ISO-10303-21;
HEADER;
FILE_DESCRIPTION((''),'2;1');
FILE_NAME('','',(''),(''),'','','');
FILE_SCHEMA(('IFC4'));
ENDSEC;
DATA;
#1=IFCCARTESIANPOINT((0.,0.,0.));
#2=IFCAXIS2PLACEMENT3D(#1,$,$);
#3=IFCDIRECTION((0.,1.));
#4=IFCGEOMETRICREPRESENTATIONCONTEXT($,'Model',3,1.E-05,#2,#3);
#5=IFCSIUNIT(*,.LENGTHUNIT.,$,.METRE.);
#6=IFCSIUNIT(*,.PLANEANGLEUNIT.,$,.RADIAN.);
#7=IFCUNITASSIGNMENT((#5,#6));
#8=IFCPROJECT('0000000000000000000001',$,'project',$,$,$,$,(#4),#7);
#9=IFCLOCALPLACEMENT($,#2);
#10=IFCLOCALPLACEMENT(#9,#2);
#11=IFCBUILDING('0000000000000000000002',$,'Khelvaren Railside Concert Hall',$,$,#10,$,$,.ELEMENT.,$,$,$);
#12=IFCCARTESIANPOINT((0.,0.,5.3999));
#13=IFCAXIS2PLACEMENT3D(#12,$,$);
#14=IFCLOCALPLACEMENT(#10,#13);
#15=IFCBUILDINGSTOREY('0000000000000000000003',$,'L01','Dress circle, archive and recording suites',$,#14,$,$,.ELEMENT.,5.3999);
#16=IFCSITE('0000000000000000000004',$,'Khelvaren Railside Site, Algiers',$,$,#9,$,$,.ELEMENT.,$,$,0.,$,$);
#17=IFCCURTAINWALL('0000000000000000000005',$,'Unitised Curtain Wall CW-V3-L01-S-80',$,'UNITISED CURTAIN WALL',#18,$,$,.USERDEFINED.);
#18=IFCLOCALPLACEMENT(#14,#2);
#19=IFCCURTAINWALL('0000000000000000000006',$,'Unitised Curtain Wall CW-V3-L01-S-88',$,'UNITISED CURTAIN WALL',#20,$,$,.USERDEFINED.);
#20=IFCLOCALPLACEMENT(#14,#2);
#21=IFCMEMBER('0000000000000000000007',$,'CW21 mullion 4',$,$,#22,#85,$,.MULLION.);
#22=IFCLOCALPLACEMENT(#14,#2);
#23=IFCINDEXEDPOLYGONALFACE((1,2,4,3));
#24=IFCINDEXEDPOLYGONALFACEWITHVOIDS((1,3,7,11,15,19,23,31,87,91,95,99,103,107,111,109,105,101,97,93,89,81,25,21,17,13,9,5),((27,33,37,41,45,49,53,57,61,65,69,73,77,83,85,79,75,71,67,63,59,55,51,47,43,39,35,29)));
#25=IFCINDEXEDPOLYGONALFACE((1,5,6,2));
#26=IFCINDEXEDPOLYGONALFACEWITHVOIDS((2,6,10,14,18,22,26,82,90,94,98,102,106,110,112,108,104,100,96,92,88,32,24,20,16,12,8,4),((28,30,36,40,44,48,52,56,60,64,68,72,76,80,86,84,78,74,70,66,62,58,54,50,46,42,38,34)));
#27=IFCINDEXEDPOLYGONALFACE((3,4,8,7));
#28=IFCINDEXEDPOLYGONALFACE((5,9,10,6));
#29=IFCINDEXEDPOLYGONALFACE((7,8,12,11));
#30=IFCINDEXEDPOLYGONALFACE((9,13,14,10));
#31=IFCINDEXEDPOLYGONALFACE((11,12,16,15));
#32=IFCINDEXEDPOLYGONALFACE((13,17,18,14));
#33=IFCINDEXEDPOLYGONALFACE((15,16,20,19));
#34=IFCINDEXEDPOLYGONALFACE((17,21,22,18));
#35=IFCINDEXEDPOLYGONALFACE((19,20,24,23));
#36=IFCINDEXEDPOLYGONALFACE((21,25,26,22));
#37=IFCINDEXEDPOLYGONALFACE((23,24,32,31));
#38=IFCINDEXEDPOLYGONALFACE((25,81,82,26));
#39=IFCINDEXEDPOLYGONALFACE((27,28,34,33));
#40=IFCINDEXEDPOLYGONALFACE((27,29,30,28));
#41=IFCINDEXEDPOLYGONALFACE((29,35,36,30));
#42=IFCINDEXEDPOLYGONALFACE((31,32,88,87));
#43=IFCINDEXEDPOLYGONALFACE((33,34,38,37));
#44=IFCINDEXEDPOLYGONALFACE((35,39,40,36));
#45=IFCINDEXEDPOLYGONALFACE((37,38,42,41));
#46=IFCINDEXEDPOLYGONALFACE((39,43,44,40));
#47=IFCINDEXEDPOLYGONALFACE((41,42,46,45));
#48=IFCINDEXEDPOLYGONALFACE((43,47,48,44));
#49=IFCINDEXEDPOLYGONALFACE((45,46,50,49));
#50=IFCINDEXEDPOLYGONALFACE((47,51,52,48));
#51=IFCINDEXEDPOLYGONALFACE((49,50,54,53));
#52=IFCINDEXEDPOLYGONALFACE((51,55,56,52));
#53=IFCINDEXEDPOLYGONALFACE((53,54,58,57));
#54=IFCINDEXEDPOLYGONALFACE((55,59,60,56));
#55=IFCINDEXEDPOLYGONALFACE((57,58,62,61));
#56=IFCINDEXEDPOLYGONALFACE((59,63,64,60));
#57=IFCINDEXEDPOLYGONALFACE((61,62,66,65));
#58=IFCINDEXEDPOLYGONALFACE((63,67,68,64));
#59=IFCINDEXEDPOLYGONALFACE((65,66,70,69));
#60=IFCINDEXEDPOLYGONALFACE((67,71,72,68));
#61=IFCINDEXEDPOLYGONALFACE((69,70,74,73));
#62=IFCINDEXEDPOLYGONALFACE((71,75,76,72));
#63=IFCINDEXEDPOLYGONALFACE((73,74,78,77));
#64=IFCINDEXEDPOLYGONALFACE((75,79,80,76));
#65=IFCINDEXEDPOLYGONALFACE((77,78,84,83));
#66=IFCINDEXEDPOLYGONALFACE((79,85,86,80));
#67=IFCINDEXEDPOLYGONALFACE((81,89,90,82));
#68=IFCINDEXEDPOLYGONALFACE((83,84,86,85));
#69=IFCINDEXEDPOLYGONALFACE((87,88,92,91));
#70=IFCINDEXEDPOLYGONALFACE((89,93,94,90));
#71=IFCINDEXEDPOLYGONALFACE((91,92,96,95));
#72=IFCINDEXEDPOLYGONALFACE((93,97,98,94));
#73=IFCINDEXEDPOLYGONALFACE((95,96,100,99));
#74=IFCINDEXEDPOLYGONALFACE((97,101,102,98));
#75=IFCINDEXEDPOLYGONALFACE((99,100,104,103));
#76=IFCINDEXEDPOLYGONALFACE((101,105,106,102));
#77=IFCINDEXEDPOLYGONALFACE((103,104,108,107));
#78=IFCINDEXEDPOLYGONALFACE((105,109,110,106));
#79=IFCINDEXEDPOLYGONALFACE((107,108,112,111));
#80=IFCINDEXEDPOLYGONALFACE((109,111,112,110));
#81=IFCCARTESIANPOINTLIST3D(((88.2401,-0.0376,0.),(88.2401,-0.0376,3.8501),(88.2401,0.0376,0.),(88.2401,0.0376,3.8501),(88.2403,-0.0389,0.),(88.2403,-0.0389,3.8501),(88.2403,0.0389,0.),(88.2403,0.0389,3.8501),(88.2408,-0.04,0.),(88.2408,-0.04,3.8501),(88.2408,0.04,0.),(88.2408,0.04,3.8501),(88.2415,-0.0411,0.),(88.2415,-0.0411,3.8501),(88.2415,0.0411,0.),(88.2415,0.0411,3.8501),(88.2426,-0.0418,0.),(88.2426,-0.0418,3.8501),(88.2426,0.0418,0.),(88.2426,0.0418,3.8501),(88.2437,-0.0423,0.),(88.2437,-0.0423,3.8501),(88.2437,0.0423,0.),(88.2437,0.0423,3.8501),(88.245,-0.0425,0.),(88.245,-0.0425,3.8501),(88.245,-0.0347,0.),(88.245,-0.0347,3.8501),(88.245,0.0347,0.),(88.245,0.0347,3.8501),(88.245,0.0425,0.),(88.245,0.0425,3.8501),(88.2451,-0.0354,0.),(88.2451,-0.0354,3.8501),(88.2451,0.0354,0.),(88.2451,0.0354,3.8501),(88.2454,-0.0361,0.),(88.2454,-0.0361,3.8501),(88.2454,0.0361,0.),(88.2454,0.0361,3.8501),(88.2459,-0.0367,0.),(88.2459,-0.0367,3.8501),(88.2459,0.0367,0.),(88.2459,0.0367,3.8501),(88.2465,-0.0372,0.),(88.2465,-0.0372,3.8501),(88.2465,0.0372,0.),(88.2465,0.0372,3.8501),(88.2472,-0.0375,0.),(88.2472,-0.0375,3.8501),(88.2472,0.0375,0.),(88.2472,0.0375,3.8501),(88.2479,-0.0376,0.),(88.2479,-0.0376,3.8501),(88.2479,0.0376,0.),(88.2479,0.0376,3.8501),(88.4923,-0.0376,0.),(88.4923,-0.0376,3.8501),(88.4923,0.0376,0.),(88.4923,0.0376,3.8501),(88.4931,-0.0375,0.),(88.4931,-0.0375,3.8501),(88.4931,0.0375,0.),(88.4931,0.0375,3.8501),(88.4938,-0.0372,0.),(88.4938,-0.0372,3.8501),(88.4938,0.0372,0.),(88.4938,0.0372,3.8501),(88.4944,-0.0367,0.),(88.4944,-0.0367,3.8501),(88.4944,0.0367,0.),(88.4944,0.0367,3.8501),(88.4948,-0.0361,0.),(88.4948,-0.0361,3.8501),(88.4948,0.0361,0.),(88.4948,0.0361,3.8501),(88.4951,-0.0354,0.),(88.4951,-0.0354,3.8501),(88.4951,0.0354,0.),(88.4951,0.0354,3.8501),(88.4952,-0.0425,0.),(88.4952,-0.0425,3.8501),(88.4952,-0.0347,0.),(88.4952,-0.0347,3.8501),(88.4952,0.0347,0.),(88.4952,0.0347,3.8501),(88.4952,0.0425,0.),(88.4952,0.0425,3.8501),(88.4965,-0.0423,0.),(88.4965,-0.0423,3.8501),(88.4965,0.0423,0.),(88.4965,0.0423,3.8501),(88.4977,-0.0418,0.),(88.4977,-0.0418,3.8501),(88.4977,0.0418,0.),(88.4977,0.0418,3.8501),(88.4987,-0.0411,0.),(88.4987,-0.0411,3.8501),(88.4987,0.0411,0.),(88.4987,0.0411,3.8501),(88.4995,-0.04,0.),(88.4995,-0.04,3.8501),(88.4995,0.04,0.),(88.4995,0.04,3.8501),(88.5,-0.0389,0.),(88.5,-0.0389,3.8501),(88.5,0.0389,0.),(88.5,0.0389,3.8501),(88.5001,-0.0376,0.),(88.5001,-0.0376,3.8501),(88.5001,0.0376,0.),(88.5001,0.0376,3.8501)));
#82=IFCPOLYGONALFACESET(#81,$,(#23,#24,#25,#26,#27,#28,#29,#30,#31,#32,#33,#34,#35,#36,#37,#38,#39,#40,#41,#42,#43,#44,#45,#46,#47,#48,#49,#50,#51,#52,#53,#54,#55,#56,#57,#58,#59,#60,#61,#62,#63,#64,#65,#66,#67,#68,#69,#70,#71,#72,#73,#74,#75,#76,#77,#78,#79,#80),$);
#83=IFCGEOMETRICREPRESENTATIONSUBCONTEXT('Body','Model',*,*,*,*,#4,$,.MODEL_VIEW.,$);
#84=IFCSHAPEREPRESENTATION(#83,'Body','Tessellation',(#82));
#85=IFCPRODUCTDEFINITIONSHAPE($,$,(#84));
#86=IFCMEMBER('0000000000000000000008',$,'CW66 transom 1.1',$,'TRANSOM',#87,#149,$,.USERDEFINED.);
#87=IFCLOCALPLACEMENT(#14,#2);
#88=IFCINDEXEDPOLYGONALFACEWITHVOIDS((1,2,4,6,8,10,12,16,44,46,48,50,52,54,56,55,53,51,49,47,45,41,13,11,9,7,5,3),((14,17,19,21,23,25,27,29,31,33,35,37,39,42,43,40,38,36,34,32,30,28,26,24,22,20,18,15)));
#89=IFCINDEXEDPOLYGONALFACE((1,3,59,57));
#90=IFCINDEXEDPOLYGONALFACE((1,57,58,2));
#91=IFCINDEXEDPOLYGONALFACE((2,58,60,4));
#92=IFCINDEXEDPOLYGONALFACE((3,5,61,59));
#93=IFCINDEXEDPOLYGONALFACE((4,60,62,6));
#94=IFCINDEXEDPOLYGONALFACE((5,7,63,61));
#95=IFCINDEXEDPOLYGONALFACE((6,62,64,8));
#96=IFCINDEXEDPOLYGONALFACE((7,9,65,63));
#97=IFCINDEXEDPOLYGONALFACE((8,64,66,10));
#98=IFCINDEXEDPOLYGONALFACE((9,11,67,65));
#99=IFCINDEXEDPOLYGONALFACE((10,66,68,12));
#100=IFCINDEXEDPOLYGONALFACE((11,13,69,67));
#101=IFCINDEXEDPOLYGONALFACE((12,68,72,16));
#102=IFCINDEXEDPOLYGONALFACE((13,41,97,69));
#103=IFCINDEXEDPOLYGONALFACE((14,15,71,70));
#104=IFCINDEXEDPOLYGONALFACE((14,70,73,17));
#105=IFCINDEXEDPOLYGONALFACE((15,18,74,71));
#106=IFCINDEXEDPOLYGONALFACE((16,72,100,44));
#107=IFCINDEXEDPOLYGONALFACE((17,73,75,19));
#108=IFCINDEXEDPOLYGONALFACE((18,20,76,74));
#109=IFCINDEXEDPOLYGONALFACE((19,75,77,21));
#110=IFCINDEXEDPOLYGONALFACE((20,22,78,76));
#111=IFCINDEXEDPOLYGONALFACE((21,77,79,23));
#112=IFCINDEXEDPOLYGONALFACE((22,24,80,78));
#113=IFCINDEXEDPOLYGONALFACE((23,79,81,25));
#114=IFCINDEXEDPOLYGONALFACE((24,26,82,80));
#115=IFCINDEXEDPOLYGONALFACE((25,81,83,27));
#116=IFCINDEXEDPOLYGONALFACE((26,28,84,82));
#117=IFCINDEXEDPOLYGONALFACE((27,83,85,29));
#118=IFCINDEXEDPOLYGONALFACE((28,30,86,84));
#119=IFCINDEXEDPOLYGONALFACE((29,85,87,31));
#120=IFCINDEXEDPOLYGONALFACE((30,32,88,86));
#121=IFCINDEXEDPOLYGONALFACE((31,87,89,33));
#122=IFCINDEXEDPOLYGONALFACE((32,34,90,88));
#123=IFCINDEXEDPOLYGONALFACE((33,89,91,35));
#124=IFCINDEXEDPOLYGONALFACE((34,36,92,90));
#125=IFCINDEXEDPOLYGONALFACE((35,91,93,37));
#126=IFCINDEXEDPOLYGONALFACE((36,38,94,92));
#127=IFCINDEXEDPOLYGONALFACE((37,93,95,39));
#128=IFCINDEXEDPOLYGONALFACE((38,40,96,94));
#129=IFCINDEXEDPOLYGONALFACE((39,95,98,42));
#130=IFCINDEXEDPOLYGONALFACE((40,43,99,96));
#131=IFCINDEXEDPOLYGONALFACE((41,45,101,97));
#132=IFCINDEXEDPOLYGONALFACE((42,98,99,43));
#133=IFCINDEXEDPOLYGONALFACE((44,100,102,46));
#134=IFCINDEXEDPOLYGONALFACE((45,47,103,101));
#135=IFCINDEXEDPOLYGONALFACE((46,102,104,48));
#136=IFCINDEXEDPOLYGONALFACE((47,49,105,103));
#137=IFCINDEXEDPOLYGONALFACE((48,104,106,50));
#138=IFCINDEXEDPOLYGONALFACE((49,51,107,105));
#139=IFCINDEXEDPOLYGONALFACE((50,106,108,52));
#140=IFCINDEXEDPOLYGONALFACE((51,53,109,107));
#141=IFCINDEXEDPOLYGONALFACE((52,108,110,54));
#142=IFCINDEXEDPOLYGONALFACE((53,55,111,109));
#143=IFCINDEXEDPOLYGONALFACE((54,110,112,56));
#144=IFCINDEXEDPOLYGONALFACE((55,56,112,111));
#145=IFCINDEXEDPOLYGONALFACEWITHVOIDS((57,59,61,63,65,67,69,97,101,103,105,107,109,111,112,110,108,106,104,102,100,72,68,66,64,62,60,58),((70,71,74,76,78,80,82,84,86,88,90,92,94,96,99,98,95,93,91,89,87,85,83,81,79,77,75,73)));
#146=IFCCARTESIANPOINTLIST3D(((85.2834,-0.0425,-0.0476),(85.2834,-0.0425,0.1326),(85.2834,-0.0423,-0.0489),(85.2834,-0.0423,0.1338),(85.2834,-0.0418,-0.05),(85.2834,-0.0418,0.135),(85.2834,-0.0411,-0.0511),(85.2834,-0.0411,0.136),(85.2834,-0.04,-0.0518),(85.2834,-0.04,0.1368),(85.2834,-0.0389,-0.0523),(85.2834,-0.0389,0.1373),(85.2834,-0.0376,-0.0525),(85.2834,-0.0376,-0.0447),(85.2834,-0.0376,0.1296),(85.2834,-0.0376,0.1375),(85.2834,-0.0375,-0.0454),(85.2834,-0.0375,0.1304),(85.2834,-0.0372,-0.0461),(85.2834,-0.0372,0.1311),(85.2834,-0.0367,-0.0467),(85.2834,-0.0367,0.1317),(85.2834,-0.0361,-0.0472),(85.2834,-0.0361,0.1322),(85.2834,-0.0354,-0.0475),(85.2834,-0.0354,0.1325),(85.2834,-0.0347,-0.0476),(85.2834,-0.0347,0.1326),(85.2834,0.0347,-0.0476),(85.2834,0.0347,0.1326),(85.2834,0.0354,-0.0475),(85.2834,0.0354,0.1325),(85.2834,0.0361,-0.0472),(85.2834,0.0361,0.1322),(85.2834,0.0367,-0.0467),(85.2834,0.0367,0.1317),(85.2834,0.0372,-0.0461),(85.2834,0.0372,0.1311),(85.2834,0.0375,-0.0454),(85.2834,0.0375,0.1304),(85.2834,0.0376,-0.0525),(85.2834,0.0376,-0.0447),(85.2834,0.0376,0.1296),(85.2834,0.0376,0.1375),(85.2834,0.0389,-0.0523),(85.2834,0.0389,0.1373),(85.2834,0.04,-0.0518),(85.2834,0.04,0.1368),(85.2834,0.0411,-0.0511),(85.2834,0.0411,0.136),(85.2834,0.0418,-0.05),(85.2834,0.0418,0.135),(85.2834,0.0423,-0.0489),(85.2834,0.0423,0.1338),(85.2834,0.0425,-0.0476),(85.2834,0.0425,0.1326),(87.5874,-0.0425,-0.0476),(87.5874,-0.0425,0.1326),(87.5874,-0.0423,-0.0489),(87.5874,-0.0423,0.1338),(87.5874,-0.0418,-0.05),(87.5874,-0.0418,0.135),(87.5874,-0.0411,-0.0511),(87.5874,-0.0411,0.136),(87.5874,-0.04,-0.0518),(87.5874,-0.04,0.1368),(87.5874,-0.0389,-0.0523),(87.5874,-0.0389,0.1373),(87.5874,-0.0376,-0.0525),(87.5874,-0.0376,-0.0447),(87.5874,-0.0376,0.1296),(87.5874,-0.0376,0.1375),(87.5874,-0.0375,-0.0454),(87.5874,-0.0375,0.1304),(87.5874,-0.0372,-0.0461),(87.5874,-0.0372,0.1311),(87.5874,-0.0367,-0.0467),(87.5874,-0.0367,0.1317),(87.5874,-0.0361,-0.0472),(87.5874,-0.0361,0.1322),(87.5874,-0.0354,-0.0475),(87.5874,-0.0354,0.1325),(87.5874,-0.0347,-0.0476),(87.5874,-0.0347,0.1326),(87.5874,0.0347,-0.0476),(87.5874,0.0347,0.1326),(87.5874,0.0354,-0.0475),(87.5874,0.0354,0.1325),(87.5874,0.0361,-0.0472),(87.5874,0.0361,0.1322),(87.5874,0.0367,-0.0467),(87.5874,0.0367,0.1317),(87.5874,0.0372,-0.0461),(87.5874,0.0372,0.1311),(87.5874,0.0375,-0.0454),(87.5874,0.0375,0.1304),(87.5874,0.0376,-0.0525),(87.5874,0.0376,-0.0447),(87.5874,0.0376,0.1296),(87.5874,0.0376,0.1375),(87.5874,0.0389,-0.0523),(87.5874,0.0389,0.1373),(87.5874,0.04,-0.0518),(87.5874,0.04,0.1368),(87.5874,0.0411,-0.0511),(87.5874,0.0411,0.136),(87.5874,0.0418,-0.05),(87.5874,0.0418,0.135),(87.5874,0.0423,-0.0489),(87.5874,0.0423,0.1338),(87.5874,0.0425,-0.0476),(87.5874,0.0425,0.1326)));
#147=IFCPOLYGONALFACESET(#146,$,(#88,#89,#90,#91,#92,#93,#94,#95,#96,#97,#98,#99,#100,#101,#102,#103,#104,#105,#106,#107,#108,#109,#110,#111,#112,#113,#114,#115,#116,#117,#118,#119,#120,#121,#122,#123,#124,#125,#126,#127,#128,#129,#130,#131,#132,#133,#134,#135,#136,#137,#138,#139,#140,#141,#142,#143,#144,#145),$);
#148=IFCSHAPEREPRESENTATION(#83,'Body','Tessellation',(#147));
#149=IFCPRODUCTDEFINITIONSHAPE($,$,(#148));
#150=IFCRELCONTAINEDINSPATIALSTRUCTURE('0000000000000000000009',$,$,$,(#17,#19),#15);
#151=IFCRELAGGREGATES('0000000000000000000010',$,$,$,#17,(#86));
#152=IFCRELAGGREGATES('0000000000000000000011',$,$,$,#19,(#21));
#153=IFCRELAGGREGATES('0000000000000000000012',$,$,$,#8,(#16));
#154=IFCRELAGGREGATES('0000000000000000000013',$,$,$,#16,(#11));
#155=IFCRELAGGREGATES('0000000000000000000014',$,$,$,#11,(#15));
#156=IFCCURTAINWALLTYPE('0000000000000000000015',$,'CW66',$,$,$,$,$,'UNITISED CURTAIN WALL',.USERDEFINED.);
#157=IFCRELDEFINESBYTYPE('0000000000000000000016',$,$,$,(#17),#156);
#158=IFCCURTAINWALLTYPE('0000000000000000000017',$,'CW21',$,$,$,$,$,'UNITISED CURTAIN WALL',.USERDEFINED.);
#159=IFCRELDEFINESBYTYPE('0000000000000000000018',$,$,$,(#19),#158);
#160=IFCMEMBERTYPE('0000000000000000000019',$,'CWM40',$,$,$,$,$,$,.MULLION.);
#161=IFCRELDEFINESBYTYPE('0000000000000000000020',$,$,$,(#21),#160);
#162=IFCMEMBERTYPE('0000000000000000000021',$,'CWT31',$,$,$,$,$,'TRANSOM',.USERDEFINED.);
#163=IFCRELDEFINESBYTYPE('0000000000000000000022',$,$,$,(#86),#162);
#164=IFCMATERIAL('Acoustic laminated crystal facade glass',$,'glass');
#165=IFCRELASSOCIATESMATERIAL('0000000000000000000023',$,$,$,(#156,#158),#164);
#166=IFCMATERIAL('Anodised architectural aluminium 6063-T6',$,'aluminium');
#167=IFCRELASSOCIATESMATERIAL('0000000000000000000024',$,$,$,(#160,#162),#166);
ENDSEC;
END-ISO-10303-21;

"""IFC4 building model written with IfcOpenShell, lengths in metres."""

from ifc_helpers import new_model, si_unit, direction, frame, origin, origin_2d, place, context, subcontext, project, spatial, hollow_rectangle, extrude, material, material_profile, profile_set, type_object, element, aggregate, save


model = new_model("IFC4")

# Units and contexts
model_context = context("Model", 3, precision=1e-05, world=origin(), true_north=direction((0.0, 1.0)))
body_context = subcontext(model_context, "Body", "Model", "MODEL_VIEW")
ifc_project = project(units=[si_unit("LENGTHUNIT", "METRE"), si_unit("PLANEANGLEUNIT", "RADIAN")], contexts=[model_context])

# Site, building, storey
site_placement = place(None, origin())
site = spatial("IfcSite", under=ifc_project, at=site_placement, Name="Khelvaren Railside Site, Algiers", CompositionType="ELEMENT", RefElevation=0.0)
building_placement = place(site_placement, origin())
building = spatial("IfcBuilding", under=site, at=building_placement, Name="Khelvaren Railside Concert Hall", CompositionType="ELEMENT")
storey_placement = place(building_placement, frame((0.0, 0.0, 5.3999)))
storey = spatial("IfcBuildingStorey", under=building, at=storey_placement, Name="L01", Description="Dress circle, archive and recording suites", CompositionType="ELEMENT", Elevation=5.3999)

# Curtain walls, member
ifc_material_1 = material(Name="Acoustic laminated crystal facade glass", Category="glass")
curtain_wall_type_1 = type_object("IfcCurtainWallType", Name="CW66", ElementType="UNITISED CURTAIN WALL", PredefinedType="USERDEFINED", material=ifc_material_1)
curtain_wall_1_placement = place(storey_placement, origin())
curtain_wall_1 = element("IfcCurtainWall", 1, at=curtain_wall_1_placement, inside=storey, type_object=curtain_wall_type_1, Name="Unitised Curtain Wall CW-V3-L01-S-80", ObjectType="UNITISED CURTAIN WALL", PredefinedType="USERDEFINED")
ifc_material_2 = material(Name="Anodised architectural aluminium 6063-T6", Category="aluminium")
ifc_material_profile_1 = material_profile(ifc_material_2, hollow_rectangle(XDim=0.085, YDim=0.26, WallThickness=0.0049, InnerFilletRadius=0.0029, OuterFilletRadius=0.0049, at=origin_2d()), Name="CWM 85x260x5")
ifc_profile_set_1 = profile_set([ifc_material_profile_1], Name="Anodised architectural aluminium 6063-T6")
member_type_1 = type_object("IfcMemberType", Name="CWM40", PredefinedType="MULLION", material=ifc_profile_set_1)
curtain_wall_type_2 = type_object("IfcCurtainWallType", Name="CW21", ElementType="UNITISED CURTAIN WALL", PredefinedType="USERDEFINED", material=ifc_material_1)
curtain_wall_2_placement = place(storey_placement, origin())
curtain_wall_2 = element("IfcCurtainWall", 2, at=curtain_wall_2_placement, inside=storey, type_object=curtain_wall_type_2, Name="Unitised Curtain Wall CW-V3-L01-S-88", ObjectType="UNITISED CURTAIN WALL", PredefinedType="USERDEFINED")
member_1_placement = place(storey_placement, frame((88.3701, 0.0, 0.0), z_axis=(0.0, 0.0, 1.0), x_axis=(0.0, -1.0, 0.0)))
member_1 = element("IfcMember", 3, at=member_1_placement, type_object=member_type_1, Name="CW21 mullion 4", PredefinedType="MULLION", context=body_context, shape_type="SweptSolid", body=[
    extrude(hollow_rectangle(XDim=0.085, YDim=0.26, WallThickness=0.0049, InnerFilletRadius=0.0029, OuterFilletRadius=0.0049, at=origin_2d()), origin(), (0.0, 0.0, 1.0), 3.8501),
])

# Member
ifc_material_profile_2 = material_profile(ifc_material_2, hollow_rectangle(XDim=0.085, YDim=0.1899, WallThickness=0.0049, InnerFilletRadius=0.0029, OuterFilletRadius=0.0049, at=origin_2d()), Name="CWT 85x190x5")
ifc_profile_set_2 = profile_set([ifc_material_profile_2], Name="Anodised architectural aluminium 6063-T6")
member_type_2 = type_object("IfcMemberType", Name="CWT31", ElementType="TRANSOM", PredefinedType="USERDEFINED", material=ifc_profile_set_2)
member_2_placement = place(storey_placement, frame((87.5874, 0.0, 0.0425), z_axis=(-1.0, 0.0, 0.0), x_axis=(0.0, -1.0, 0.0)))
member_2 = element("IfcMember", 4, at=member_2_placement, type_object=member_type_2, Name="CW66 transom 1.1", ObjectType="TRANSOM", PredefinedType="USERDEFINED", context=body_context, shape_type="SweptSolid", body=[
    extrude(hollow_rectangle(XDim=0.085, YDim=0.1899, WallThickness=0.0049, InnerFilletRadius=0.0029, OuterFilletRadius=0.0049, at=origin_2d()), origin(), (0.0, 0.0, 1.0), 2.304),
])

aggregate(curtain_wall_1, [member_2])
aggregate(curtain_wall_2, [member_1])

save(model, "model.ifc")
